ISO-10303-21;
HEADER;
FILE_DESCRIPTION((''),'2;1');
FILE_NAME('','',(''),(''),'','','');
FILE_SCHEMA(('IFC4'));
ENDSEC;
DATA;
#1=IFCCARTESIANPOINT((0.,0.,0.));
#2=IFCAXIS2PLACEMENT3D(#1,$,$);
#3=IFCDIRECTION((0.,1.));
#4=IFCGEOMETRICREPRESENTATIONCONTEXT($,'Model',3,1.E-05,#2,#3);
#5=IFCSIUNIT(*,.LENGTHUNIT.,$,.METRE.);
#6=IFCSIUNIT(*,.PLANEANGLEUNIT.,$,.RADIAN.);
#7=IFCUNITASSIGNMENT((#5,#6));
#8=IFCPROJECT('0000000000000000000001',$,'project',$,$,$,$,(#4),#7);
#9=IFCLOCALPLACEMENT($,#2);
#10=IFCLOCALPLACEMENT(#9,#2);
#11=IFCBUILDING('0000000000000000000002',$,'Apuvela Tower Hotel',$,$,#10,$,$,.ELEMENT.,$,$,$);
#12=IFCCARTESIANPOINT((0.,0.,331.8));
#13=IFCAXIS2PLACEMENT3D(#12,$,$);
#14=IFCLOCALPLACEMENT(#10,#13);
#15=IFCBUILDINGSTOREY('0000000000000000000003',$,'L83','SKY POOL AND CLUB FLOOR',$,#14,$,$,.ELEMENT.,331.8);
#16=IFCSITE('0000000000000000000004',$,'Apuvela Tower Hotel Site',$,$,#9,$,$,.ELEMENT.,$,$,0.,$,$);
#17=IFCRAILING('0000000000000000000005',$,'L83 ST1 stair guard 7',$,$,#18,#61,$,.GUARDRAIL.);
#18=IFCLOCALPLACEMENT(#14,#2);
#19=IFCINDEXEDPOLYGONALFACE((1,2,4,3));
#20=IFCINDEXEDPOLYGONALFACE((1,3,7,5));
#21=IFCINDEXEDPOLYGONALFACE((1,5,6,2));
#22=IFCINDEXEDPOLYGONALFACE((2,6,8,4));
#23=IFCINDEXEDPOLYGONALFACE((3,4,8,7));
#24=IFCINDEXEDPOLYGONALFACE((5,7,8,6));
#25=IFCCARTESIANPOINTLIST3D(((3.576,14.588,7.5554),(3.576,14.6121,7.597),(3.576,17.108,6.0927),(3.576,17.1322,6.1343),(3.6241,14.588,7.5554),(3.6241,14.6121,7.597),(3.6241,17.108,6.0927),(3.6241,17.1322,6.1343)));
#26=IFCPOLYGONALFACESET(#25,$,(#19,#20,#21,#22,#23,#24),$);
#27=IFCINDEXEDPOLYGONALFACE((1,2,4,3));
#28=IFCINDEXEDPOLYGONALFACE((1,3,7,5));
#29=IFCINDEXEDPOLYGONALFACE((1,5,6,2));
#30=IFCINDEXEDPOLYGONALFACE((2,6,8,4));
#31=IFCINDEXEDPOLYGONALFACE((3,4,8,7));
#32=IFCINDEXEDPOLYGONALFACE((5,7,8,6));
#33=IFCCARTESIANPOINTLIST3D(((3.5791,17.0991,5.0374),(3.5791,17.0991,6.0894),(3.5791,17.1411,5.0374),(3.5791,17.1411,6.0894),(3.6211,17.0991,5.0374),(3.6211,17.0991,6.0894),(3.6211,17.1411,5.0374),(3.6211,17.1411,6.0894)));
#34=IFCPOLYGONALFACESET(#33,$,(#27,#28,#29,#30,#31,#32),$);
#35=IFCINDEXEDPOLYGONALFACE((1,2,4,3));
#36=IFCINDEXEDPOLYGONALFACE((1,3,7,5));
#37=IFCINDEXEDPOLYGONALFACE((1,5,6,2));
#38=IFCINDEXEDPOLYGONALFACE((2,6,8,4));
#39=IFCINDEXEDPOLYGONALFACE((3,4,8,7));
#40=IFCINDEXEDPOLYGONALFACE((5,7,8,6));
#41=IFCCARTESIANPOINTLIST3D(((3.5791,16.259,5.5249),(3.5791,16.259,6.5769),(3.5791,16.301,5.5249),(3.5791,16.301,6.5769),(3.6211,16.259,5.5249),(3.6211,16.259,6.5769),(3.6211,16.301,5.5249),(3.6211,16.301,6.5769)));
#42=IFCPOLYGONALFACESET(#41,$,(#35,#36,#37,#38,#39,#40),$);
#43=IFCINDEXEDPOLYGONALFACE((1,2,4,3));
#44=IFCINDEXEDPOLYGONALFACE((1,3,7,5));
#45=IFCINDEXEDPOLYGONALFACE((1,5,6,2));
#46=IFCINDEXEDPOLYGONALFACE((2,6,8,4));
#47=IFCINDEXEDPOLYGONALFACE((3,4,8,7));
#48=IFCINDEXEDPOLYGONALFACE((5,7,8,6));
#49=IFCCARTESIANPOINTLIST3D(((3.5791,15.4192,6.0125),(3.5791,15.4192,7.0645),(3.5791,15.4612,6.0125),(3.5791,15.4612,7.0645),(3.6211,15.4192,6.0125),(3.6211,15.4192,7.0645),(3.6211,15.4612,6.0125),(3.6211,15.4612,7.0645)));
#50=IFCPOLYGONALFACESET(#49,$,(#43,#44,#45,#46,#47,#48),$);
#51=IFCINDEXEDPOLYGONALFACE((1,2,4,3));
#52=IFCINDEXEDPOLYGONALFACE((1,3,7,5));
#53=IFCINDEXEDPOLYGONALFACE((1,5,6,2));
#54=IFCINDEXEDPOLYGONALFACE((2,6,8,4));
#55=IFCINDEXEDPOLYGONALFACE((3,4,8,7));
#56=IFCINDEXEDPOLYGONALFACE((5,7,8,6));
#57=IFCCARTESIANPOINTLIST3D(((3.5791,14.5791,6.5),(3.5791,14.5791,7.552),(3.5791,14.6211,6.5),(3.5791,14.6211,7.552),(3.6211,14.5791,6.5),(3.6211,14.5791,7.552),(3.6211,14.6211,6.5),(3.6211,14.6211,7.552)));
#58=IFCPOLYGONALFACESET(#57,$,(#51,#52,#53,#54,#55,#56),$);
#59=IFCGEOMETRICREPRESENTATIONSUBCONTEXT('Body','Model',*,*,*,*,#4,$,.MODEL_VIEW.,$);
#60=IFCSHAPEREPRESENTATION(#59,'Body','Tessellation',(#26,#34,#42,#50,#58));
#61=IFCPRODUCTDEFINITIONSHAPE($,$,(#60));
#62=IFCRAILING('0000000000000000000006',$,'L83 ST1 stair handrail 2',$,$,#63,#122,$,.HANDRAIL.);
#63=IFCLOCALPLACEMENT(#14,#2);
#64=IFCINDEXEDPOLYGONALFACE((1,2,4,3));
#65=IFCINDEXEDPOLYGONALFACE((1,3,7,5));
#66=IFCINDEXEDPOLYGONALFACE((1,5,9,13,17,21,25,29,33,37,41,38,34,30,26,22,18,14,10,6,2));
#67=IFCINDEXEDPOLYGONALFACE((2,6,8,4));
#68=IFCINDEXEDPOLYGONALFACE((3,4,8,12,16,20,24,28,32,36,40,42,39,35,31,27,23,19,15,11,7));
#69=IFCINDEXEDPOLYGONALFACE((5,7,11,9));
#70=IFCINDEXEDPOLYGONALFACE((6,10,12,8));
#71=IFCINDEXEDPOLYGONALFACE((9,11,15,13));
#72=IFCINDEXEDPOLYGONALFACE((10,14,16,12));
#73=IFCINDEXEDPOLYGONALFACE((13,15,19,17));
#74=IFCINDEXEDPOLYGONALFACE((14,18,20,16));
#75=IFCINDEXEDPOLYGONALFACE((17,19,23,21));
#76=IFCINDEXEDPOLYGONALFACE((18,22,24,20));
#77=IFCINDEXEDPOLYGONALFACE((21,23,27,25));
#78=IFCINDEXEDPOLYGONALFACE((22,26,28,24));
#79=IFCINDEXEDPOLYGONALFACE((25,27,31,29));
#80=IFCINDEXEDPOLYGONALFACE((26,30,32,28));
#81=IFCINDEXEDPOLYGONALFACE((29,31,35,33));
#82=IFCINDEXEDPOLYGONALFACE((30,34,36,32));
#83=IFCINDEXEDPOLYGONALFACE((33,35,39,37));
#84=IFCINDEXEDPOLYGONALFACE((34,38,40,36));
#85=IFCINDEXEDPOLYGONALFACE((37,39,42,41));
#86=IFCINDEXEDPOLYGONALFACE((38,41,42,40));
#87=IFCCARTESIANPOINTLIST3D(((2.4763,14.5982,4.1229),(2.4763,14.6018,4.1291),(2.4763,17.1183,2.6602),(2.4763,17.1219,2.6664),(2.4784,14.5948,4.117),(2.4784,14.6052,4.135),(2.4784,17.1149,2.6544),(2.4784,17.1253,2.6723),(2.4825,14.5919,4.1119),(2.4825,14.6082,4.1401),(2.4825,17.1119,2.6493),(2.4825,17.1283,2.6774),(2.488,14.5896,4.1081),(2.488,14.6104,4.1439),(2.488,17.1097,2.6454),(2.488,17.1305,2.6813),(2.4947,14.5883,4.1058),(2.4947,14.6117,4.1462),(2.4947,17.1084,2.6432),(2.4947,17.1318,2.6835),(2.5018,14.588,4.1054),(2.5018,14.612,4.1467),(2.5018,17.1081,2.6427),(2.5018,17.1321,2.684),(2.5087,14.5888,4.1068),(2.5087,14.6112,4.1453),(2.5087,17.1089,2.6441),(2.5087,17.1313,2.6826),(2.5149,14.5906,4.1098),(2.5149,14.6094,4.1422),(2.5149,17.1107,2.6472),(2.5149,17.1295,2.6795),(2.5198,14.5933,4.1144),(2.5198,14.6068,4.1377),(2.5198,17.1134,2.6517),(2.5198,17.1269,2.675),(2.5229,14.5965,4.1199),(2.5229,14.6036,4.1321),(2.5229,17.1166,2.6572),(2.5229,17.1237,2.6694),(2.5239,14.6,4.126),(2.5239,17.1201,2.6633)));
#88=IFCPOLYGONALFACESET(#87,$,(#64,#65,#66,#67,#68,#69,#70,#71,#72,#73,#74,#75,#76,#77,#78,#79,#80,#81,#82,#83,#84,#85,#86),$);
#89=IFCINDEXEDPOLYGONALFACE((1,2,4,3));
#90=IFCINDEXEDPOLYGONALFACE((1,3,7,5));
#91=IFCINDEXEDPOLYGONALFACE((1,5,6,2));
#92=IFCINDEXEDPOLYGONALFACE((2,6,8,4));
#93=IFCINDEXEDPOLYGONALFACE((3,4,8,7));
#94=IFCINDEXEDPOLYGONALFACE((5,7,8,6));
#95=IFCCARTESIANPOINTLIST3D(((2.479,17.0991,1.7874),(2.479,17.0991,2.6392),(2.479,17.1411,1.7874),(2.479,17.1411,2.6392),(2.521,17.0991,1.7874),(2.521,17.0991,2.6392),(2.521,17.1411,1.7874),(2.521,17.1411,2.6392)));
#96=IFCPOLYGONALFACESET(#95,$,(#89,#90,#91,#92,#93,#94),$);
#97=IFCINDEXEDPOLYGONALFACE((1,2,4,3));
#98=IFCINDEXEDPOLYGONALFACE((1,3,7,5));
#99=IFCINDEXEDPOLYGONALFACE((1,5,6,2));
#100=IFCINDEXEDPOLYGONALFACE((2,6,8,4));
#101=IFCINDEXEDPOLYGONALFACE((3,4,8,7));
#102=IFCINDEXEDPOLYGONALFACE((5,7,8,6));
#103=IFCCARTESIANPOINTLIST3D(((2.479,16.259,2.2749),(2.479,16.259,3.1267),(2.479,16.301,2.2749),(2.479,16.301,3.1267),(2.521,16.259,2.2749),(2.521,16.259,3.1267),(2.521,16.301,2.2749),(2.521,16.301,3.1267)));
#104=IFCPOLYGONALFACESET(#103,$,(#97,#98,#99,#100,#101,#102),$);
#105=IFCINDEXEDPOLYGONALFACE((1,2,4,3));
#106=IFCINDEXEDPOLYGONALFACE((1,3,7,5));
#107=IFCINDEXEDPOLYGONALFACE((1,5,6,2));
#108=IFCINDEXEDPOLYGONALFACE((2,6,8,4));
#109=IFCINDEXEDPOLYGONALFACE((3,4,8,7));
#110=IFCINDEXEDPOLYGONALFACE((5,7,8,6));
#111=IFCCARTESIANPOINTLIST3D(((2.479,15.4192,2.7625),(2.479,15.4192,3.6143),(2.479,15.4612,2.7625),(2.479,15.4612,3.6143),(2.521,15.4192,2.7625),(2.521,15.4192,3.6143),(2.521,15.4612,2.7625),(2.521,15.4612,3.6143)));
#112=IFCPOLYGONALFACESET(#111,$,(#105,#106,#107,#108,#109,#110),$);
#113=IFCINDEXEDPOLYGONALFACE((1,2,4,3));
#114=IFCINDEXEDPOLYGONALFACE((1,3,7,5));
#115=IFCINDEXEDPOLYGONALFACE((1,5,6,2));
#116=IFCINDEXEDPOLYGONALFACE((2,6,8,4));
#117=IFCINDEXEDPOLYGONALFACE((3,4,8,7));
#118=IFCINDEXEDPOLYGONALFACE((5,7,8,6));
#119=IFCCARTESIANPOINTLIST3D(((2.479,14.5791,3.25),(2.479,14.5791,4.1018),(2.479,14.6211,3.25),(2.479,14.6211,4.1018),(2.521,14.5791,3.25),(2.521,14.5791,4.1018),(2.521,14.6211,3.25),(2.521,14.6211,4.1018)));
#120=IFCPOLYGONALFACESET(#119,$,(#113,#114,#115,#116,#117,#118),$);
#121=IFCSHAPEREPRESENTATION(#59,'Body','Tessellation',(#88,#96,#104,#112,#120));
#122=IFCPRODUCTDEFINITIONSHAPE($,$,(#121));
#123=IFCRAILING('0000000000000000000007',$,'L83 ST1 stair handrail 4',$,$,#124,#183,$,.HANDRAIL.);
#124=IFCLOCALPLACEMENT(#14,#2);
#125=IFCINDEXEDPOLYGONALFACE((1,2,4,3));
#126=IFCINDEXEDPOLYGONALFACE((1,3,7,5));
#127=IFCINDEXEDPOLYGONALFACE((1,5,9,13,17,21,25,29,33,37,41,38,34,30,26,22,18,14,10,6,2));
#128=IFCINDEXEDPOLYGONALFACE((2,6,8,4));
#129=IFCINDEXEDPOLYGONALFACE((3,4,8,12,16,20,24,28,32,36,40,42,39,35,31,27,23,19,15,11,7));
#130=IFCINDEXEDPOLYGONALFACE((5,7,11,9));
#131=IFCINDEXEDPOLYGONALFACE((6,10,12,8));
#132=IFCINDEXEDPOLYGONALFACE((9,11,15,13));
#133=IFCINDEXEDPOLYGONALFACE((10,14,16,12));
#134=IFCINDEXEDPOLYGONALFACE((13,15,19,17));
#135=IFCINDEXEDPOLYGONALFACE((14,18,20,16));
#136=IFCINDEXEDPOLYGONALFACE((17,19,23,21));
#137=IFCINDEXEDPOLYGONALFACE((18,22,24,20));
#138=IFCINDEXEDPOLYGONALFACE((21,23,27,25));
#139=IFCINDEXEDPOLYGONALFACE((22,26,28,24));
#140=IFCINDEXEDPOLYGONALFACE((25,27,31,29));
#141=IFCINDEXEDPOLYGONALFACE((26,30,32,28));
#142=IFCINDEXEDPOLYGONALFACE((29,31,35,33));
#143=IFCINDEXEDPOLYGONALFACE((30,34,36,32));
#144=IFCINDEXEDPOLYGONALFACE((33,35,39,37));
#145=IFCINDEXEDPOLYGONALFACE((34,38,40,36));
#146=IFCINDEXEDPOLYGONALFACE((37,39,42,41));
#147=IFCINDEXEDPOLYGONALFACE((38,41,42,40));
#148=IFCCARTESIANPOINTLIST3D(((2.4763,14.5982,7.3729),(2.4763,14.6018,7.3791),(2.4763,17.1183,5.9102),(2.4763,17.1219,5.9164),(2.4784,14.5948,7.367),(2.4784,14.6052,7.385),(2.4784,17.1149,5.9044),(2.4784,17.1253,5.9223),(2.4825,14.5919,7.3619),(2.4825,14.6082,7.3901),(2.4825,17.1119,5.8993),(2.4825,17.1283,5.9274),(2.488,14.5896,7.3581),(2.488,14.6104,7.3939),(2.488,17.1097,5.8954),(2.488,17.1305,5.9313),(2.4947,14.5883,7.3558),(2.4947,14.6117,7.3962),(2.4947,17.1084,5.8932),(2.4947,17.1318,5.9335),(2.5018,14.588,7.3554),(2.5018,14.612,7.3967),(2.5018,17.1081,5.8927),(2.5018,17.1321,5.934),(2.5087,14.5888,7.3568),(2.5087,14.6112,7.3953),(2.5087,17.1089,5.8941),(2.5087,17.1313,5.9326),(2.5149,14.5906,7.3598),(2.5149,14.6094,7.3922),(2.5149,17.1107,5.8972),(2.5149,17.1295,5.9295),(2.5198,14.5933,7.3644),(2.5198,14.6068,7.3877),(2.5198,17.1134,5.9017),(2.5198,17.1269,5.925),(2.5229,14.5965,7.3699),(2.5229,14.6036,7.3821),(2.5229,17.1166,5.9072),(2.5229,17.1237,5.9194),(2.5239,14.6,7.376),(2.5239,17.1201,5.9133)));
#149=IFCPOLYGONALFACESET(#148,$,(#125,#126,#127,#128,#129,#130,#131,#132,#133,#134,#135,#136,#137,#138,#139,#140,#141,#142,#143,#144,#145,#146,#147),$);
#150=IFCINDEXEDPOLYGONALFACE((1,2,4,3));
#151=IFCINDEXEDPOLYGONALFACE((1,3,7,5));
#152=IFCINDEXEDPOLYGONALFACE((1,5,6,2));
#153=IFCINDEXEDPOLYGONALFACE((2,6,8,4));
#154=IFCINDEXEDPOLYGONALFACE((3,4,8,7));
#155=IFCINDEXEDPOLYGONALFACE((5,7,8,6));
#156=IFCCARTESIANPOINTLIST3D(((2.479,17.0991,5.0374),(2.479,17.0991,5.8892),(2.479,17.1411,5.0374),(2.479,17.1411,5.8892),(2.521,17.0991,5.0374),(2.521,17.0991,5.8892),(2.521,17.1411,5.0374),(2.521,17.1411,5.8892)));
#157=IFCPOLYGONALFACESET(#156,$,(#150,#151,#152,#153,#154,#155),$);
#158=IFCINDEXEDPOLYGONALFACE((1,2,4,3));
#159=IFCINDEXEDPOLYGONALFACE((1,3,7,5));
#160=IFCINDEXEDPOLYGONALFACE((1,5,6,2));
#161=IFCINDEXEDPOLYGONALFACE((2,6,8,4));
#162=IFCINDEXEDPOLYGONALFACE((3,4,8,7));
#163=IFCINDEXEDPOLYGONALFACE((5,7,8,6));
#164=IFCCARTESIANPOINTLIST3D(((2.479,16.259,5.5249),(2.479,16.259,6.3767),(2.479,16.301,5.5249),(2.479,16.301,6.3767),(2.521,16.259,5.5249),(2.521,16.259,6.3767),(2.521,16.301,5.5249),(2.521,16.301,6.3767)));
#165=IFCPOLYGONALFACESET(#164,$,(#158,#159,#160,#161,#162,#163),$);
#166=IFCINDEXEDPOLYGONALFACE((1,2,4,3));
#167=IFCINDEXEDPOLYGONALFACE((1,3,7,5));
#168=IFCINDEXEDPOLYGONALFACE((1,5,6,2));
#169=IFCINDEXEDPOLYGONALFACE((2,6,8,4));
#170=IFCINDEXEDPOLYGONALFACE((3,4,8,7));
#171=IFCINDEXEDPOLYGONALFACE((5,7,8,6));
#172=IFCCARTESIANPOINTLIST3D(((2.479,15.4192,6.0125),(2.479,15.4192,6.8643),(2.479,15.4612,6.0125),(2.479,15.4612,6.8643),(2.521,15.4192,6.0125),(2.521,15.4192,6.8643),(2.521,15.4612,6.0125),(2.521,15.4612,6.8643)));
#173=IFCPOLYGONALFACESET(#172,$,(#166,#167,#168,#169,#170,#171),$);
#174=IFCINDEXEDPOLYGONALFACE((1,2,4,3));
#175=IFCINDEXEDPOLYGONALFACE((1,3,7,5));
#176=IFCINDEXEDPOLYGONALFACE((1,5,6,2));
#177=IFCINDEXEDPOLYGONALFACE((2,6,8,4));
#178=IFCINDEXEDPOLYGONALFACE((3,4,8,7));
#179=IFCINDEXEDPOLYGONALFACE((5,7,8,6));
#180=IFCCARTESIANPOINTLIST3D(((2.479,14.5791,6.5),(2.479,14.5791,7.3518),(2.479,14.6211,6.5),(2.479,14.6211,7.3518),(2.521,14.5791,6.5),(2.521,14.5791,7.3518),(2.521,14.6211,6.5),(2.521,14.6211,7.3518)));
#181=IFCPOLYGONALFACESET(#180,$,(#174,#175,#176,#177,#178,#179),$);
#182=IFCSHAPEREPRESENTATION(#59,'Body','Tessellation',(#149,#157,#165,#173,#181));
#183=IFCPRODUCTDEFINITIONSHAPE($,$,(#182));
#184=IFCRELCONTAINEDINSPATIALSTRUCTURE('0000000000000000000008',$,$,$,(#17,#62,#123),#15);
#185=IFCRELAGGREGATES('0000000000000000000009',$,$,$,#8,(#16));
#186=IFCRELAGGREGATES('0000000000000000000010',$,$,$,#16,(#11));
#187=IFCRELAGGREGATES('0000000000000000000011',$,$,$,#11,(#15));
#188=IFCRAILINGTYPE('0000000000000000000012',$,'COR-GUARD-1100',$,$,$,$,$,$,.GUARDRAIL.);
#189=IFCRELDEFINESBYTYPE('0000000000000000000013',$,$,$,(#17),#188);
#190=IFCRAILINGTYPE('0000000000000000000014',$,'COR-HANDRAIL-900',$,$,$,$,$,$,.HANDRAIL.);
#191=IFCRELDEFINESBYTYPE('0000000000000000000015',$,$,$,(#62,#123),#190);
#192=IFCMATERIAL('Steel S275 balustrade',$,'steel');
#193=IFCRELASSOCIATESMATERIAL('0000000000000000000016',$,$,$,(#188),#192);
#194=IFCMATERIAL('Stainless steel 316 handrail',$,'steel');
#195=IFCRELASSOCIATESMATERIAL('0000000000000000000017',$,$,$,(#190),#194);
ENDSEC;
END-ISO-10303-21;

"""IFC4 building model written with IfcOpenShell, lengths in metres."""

from ifc_helpers import new_model, si_unit, direction, frame, origin, origin_2d, place, context, subcontext, project, spatial, rectangle, circle, extrude, material, type_object, element, save


model = new_model("IFC4")

# Units and contexts
model_context = context("Model", 3, precision=1e-05, world=origin(), true_north=direction((0.0, 1.0)))
body_context = subcontext(model_context, "Body", "Model", "MODEL_VIEW")
ifc_project = project(units=[si_unit("LENGTHUNIT", "METRE"), si_unit("PLANEANGLEUNIT", "RADIAN")], contexts=[model_context])

# Site, building, storey
site_placement = place(None, origin())
site = spatial("IfcSite", under=ifc_project, at=site_placement, Name="Apuvela Tower Hotel Site", CompositionType="ELEMENT", RefElevation=0.0)
building_placement = place(site_placement, origin())
building = spatial("IfcBuilding", under=site, at=building_placement, Name="Apuvela Tower Hotel", CompositionType="ELEMENT")
storey_placement = place(building_placement, frame((0.0, 0.0, 331.8)))
storey = spatial("IfcBuildingStorey", under=building, at=storey_placement, Name="L83", Description="SKY POOL AND CLUB FLOOR", CompositionType="ELEMENT", Elevation=331.8)

# Railings
ifc_material_1 = material(Name="Steel S275 balustrade", Category="steel")
railing_type_1 = type_object("IfcRailingType", Name="COR-GUARD-1100", PredefinedType="GUARDRAIL", material=ifc_material_1)
railing_1_placement = place(storey_placement, frame((3.6001, 17.1201, 5.0374)))
element("IfcRailing", 1, at=railing_1_placement, inside=storey, type_object=railing_type_1, Name="L83 ST1 stair guard 7", PredefinedType="GUARDRAIL", context=body_context, shape_type="SweptSolid", body=[
    extrude(rectangle(XDim=0.0481, YDim=0.0481, at=origin_2d()), frame((0.0, 0.0, 1.0762), z_axis=(0.0, -0.864877, 0.501984), x_axis=(1.0, 0.0, 0.0)), (0.0, 0.0, 1.0), 2.9138),
    extrude(rectangle(XDim=0.042, YDim=0.042, at=origin_2d()), origin(), (0.0, 0.0, 1.0), 1.052),
    extrude(rectangle(XDim=0.042, YDim=0.042, at=origin_2d()), frame((0.0, -0.8401, 0.4875)), (0.0, 0.0, 1.0), 1.052),
    extrude(rectangle(XDim=0.042, YDim=0.042, at=origin_2d()), frame((0.0, -1.6799, 0.9751)), (0.0, 0.0, 1.0), 1.052),
    extrude(rectangle(XDim=0.042, YDim=0.042, at=origin_2d()), frame((0.0, -2.52, 1.4626)), (0.0, 0.0, 1.0), 1.052),
])
ifc_material_2 = material(Name="Stainless steel 316 handrail", Category="steel")
railing_type_2 = type_object("IfcRailingType", Name="COR-HANDRAIL-900", PredefinedType="HANDRAIL", material=ifc_material_2)
for number, where, name in (
    (2, (2.5, 17.1201, 1.7874), "L83 ST1 stair handrail 2"),
    (3, (2.5, 17.1201, 5.0374), "L83 ST1 stair handrail 4"),
):
    element("IfcRailing", number, at=place(storey_placement, frame(where)), inside=storey, type_object=railing_type_2, Name=name, PredefinedType="HANDRAIL", context=body_context, shape_type="SweptSolid", body=[
        extrude(circle(Radius=0.0239, at=origin_2d()), frame((0.0, 0.0, 0.876), z_axis=(0.0, -0.864877, 0.501984), x_axis=(1.0, 0.0, 0.0)), (0.0, 0.0, 1.0), 2.9138),
        extrude(rectangle(XDim=0.042, YDim=0.042, at=origin_2d()), origin(), (0.0, 0.0, 1.0), 0.8518),
        extrude(rectangle(XDim=0.042, YDim=0.042, at=origin_2d()), frame((0.0, -0.8401, 0.4875)), (0.0, 0.0, 1.0), 0.8518),
        extrude(rectangle(XDim=0.042, YDim=0.042, at=origin_2d()), frame((0.0, -1.6799, 0.9751)), (0.0, 0.0, 1.0), 0.8518),
        extrude(rectangle(XDim=0.042, YDim=0.042, at=origin_2d()), frame((0.0, -2.52, 1.4626)), (0.0, 0.0, 1.0), 0.8518),
    ])

save(model, "model.ifc")
